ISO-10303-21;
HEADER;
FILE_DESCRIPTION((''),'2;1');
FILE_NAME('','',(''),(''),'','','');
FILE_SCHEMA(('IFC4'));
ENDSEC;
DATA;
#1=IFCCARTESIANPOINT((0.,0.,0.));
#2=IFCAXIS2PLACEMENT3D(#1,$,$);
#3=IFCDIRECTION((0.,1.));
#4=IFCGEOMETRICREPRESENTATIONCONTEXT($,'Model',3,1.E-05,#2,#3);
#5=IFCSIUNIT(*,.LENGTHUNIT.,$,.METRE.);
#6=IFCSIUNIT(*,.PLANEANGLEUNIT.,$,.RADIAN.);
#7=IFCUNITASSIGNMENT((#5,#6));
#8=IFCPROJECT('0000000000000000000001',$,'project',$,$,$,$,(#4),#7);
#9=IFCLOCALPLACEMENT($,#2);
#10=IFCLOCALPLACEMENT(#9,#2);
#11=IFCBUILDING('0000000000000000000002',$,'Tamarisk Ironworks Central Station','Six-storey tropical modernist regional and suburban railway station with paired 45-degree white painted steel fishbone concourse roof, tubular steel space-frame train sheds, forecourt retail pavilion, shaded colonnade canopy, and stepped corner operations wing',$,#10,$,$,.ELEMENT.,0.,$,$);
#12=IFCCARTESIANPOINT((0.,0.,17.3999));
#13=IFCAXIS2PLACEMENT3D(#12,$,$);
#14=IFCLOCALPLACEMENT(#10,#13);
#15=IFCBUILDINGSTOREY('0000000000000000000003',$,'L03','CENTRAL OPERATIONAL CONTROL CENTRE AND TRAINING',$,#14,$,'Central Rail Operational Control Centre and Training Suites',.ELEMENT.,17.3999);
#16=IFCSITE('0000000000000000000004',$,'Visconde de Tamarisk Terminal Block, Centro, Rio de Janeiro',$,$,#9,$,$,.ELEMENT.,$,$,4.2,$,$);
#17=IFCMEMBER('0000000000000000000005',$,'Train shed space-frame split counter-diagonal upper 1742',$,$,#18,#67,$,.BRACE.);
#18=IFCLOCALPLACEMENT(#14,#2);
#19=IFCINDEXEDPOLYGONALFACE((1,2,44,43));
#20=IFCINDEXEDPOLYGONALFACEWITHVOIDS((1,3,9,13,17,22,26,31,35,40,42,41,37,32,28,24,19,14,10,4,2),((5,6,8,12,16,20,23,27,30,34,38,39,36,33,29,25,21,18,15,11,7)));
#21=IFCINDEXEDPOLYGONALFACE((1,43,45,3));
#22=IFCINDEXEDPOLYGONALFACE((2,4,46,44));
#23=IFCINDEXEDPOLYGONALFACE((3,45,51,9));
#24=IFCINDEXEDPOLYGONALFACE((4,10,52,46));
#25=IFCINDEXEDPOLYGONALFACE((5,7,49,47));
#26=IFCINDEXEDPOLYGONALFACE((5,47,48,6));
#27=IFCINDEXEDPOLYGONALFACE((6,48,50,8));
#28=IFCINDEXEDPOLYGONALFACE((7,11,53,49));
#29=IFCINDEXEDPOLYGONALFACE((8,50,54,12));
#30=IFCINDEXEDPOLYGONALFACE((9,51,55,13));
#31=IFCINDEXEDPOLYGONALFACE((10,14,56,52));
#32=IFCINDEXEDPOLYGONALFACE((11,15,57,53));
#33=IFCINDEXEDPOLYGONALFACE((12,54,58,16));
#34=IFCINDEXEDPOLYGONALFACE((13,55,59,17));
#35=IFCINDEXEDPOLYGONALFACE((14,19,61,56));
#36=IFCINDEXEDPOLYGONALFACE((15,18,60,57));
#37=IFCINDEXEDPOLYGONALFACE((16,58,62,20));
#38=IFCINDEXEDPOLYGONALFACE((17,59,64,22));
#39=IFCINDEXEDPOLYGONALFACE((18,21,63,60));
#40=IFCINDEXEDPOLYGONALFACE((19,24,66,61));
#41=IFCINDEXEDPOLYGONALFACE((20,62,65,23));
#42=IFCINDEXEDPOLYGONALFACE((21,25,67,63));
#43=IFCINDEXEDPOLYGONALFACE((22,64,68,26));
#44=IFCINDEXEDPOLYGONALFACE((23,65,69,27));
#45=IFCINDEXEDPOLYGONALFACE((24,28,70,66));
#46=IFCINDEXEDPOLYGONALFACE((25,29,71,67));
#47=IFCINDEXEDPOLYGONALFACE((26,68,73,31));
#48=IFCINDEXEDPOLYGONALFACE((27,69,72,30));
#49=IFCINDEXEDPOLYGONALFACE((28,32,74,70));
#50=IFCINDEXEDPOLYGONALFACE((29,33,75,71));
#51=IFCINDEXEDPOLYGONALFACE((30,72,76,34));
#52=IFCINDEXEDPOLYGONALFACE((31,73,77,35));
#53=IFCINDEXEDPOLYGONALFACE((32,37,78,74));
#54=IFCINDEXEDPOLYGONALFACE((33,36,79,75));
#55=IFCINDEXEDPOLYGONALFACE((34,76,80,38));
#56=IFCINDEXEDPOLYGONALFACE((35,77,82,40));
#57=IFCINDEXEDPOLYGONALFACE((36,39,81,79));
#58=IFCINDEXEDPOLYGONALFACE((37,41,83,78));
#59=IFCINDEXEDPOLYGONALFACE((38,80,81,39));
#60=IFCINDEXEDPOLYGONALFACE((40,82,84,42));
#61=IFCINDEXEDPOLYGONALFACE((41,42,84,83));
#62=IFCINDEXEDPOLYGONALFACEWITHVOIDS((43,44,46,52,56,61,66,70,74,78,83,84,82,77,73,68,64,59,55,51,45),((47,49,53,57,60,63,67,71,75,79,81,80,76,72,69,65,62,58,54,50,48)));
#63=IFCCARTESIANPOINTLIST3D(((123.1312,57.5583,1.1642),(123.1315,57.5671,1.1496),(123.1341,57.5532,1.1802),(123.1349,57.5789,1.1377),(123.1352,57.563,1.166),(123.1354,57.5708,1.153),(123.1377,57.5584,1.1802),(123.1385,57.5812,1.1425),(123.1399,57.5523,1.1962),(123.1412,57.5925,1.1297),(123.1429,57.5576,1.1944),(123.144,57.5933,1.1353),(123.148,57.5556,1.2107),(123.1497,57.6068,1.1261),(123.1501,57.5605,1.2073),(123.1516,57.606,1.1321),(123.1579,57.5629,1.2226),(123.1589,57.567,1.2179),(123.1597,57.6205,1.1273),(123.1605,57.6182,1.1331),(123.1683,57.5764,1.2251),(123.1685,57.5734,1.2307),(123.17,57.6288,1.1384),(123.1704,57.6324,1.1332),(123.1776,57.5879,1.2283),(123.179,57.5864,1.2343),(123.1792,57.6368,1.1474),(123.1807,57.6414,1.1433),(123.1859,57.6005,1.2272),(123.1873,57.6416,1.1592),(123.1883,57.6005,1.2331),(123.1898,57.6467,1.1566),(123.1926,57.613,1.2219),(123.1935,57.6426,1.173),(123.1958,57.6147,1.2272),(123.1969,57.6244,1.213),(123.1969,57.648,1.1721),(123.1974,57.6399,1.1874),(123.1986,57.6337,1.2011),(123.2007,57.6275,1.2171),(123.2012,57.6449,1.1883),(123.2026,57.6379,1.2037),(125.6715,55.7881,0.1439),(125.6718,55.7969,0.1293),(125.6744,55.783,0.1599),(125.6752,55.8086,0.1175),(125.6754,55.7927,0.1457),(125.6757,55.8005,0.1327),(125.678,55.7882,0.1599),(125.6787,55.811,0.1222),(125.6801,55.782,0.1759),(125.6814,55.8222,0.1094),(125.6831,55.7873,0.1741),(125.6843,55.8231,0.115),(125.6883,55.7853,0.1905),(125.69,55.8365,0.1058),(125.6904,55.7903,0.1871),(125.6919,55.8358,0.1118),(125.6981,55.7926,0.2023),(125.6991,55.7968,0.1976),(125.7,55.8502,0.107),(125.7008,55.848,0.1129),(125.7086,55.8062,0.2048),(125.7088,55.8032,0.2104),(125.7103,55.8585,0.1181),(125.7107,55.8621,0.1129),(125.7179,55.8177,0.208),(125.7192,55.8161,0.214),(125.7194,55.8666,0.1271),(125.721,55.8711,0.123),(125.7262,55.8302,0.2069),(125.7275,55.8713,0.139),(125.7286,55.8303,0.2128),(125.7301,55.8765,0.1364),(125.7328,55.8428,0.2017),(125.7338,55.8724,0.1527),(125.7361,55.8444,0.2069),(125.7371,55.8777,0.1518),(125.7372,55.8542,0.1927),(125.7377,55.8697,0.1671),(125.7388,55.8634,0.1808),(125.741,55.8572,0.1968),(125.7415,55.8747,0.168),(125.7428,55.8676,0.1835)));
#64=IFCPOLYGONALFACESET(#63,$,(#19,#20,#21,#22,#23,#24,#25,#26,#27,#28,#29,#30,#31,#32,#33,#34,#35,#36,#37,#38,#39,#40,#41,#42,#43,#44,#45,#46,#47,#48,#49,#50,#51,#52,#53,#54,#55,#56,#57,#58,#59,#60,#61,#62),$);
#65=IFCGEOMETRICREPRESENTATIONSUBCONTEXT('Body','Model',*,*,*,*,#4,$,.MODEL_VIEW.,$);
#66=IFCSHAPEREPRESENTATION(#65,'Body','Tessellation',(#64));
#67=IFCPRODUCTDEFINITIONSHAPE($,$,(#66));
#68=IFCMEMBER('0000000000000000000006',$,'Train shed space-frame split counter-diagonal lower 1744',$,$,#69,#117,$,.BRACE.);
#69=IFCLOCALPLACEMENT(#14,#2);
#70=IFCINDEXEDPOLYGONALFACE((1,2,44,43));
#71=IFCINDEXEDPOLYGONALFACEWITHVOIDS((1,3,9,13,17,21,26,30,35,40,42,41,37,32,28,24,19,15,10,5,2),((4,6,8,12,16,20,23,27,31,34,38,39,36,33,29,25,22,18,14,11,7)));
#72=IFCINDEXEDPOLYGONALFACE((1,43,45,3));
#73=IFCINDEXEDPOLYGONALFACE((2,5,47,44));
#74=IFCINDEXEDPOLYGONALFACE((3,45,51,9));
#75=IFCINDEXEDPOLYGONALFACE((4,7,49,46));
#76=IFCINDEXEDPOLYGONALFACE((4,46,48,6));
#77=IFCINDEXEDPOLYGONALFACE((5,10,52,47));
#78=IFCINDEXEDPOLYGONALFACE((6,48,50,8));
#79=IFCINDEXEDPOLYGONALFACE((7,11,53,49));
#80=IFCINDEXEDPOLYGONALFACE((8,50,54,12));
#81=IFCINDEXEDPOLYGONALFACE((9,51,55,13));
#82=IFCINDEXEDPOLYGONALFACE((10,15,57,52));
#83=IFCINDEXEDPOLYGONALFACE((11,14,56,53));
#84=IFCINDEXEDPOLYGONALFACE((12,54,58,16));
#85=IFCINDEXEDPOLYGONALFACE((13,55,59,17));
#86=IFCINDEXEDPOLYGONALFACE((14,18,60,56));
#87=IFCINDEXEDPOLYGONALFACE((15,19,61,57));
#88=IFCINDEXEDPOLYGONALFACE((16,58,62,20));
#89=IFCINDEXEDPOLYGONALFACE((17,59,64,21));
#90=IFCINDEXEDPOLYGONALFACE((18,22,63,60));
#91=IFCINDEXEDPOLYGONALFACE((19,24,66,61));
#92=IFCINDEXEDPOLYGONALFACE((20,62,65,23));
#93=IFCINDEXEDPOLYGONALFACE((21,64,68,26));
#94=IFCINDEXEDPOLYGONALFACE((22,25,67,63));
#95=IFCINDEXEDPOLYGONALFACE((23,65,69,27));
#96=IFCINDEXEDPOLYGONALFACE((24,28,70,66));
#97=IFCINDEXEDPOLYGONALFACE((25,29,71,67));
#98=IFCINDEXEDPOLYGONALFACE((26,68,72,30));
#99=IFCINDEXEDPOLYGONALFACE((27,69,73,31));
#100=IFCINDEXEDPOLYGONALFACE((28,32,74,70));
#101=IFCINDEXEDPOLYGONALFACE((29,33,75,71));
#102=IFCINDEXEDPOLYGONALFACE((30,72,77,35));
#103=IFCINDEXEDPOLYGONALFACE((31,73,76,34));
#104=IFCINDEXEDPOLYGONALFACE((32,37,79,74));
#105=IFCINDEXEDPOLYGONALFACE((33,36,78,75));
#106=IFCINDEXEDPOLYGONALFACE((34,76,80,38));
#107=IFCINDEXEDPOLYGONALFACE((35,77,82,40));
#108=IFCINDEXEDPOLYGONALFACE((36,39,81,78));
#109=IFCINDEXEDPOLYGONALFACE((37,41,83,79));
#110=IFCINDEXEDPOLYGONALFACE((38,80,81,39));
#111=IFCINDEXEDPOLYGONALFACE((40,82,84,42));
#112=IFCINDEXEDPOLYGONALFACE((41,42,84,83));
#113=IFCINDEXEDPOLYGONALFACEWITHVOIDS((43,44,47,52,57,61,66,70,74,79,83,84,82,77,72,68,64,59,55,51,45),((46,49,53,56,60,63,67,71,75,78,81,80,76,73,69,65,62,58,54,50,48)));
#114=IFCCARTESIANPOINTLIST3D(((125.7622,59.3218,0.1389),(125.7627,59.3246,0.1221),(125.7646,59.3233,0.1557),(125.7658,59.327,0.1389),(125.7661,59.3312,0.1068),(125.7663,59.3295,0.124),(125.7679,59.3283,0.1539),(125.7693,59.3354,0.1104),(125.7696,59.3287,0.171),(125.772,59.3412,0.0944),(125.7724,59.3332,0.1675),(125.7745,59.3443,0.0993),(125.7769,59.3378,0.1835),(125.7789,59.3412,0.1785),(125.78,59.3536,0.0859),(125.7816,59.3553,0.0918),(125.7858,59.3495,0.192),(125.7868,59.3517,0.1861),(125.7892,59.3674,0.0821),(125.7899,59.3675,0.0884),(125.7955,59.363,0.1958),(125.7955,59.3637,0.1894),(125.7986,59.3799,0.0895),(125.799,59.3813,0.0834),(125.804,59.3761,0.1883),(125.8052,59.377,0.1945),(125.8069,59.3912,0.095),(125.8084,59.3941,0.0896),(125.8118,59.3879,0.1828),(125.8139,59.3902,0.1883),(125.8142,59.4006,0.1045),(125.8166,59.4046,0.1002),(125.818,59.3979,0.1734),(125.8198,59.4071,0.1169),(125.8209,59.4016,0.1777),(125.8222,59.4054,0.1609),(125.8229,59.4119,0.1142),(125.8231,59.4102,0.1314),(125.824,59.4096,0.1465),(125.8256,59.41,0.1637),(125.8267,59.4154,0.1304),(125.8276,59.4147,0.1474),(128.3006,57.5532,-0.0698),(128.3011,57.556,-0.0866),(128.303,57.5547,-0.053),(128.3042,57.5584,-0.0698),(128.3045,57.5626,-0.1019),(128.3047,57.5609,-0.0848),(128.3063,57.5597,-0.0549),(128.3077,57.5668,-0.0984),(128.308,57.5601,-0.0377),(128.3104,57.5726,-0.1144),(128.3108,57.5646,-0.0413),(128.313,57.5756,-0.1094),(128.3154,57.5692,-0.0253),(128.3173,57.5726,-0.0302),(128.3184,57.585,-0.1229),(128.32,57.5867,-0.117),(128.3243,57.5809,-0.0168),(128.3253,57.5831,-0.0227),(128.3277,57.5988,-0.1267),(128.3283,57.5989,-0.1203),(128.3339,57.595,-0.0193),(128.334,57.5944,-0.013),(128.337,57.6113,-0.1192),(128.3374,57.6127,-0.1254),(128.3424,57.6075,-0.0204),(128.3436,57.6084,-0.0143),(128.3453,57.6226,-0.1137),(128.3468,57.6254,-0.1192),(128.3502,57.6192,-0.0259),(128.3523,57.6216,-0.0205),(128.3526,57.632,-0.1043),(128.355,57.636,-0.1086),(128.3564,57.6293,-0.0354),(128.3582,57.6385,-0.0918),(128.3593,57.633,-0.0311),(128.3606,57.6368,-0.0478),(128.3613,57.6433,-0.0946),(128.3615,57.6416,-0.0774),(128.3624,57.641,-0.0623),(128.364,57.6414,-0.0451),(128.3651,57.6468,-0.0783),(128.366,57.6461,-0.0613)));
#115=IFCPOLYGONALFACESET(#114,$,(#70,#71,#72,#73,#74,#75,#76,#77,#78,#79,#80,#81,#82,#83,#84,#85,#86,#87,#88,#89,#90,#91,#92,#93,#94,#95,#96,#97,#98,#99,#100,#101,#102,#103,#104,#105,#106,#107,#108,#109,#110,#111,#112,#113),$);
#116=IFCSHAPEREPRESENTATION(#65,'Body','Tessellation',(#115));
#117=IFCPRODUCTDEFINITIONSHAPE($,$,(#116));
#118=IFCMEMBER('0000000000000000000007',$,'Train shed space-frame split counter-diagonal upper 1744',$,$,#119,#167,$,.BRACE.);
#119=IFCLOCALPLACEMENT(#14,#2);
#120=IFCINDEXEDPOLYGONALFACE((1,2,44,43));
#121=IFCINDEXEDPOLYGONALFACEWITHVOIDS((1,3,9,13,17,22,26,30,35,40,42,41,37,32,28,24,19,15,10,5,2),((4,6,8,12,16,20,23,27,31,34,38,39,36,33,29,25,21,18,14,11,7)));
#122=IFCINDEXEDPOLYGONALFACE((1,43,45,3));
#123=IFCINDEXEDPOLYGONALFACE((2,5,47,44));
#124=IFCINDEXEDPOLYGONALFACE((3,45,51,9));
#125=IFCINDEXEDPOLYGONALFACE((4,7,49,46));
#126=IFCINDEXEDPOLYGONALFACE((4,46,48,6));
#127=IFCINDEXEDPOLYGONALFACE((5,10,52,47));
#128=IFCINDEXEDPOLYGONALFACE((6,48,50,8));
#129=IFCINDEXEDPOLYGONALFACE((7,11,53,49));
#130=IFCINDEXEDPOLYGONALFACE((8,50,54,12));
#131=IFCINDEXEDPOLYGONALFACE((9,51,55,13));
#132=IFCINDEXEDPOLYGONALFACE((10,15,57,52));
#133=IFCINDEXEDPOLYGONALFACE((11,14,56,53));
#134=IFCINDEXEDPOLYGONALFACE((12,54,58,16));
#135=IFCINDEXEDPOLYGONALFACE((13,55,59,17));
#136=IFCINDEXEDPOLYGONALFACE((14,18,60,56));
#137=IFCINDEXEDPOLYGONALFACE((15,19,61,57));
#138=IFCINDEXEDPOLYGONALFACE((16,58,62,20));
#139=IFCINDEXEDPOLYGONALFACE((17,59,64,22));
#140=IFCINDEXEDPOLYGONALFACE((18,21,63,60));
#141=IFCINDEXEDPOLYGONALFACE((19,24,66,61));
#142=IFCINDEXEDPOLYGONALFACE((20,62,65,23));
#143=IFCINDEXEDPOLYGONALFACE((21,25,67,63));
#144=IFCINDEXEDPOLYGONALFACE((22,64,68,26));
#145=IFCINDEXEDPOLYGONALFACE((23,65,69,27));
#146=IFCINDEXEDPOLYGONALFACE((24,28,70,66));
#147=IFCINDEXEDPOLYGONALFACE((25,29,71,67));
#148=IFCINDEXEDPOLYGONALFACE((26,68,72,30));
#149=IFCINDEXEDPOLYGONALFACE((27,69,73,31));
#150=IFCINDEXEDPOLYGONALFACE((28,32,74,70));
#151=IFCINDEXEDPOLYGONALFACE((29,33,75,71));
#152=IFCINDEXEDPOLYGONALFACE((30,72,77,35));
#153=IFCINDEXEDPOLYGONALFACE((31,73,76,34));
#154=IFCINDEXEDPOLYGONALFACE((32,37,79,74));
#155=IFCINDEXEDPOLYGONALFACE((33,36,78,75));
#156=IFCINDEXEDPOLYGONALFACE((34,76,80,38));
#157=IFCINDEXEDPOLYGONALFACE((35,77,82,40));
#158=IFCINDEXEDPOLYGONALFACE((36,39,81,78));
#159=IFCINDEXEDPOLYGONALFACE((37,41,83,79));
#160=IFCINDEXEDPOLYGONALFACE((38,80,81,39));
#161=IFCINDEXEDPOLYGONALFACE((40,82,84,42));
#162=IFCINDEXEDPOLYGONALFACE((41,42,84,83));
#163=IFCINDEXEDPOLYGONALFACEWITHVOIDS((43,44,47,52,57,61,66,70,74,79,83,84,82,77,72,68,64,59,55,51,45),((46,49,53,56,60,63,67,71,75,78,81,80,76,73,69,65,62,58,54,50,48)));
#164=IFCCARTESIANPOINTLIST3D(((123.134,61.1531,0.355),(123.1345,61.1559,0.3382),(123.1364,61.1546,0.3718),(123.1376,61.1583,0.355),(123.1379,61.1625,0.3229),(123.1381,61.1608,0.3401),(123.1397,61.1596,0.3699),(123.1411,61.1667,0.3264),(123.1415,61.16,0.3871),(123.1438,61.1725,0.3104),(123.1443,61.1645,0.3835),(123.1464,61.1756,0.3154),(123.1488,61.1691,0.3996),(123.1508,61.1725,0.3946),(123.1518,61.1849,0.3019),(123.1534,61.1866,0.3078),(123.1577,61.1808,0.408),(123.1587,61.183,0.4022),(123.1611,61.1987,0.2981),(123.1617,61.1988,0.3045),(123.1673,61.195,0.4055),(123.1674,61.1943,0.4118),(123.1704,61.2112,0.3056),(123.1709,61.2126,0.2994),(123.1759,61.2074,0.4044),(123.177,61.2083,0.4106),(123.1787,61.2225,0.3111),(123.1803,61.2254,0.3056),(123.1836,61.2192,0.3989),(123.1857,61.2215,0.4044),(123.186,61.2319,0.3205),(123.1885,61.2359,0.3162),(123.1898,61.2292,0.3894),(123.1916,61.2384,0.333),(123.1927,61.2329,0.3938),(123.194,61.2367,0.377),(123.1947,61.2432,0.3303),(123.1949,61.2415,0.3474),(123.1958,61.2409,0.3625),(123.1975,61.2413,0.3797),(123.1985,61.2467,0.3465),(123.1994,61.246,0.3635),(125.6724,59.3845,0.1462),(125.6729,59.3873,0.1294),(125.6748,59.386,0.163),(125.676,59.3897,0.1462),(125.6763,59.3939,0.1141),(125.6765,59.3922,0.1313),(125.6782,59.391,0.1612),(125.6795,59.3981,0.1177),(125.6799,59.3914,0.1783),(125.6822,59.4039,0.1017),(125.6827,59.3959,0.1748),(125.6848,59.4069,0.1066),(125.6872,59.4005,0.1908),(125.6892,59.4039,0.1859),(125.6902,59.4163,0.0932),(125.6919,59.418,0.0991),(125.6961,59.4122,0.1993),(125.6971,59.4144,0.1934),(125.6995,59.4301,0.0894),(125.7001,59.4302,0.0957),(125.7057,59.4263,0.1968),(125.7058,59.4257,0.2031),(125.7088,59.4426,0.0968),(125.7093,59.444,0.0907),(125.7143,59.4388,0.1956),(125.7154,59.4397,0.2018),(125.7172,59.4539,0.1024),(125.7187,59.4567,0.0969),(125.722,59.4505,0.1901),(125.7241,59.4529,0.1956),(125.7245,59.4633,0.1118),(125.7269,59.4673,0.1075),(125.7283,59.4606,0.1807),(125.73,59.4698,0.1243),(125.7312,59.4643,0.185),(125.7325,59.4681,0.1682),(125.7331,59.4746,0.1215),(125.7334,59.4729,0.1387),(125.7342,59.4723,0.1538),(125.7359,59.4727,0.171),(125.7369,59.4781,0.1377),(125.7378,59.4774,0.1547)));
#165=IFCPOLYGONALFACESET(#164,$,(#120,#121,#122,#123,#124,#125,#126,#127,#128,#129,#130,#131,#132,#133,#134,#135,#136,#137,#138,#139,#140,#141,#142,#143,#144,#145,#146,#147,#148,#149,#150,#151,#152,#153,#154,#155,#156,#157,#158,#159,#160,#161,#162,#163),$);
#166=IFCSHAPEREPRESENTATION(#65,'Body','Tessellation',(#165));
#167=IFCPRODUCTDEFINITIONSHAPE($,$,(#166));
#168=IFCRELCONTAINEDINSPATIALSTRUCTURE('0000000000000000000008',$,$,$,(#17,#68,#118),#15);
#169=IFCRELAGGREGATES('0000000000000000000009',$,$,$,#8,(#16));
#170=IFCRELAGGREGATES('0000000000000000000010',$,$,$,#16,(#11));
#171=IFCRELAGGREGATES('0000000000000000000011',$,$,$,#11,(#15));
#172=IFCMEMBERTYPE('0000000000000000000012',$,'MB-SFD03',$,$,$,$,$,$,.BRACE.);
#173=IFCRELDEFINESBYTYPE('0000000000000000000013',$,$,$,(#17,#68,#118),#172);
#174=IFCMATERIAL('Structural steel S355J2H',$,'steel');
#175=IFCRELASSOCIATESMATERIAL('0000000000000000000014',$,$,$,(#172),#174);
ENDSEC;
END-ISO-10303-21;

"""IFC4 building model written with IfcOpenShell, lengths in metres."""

from ifc_helpers import new_model, si_unit, direction, frame, origin, origin_2d, place, context, subcontext, project, spatial, hollow_circle, extrude, material, material_profile, profile_set, type_object, element, save


model = new_model("IFC4")

# Units and contexts
model_context = context("Model", 3, precision=1e-05, world=origin(), true_north=direction((0.0, 1.0)))
body_context = subcontext(model_context, "Body", "Model", "MODEL_VIEW")
ifc_project = project(units=[si_unit("LENGTHUNIT", "METRE"), si_unit("PLANEANGLEUNIT", "RADIAN")], contexts=[model_context])

# Site, building, storey
site_placement = place(None, origin())
site = spatial("IfcSite", under=ifc_project, at=site_placement, Name="Visconde de Tamarisk Terminal Block, Centro, Rio de Janeiro", CompositionType="ELEMENT", RefElevation=4.2)
building_placement = place(site_placement, origin())
building = spatial("IfcBuilding", under=site, at=building_placement, Name="Tamarisk Ironworks Central Station", Description="Six-storey tropical modernist regional and suburban railway station with paired 45-degree white painted steel fishbone concourse roof, tubular steel space-frame train sheds, forecourt retail pavilion, shaded colonnade canopy, and stepped corner operations wing", CompositionType="ELEMENT", ElevationOfRefHeight=0.0)
storey_placement = place(building_placement, frame((0.0, 0.0, 17.3999)))
storey = spatial("IfcBuildingStorey", under=building, at=storey_placement, Name="L03", Description="CENTRAL OPERATIONAL CONTROL CENTRE AND TRAINING", LongName="Central Rail Operational Control Centre and Training Suites", CompositionType="ELEMENT", Elevation=17.3999)

# Members
ifc_material = material(Name="Structural steel S355J2H", Category="steel")
ifc_material_profile_1 = material_profile(ifc_material, hollow_circle(Radius=0.0571, WallThickness=0.0063, at=origin_2d()), Name="CHS 114.3x6.3")
ifc_profile_set_1 = profile_set([ifc_material_profile_1], Name="Structural steel S355J2H")
member_type_1 = type_object("IfcMemberType", Name="MB-SFD03", PredefinedType="BRACE", material=ifc_profile_set_1)
member_1_placement = place(storey_placement, frame((125.707, 55.8298, 0.1599), z_axis=(-0.77922, 0.54302, 0.312961), x_axis=(-0.571741, -0.820434, 0.0)))
element("IfcMember", 1, at=member_1_placement, inside=storey, type_object=member_type_1, Name="Train shed space-frame split counter-diagonal upper 1742", PredefinedType="BRACE", context=body_context, shape_type="SweptSolid", body=[
    extrude(hollow_circle(Radius=0.0571, WallThickness=0.0063, at=origin_2d()), origin(), (0.0, 0.0, 1.0), 3.26),
])
for number, where, z_axis, x_axis, name in (
    (2, (128.3333, 57.6001, -0.0698), (-0.818625, 0.570369, 0.06732), (-0.571666, -0.820487, 0.0), "Train shed space-frame split counter-diagonal lower 1744"),
    (3, (125.7051, 59.4314, 0.1462), (-0.818625, 0.570369, 0.06732), (-0.571666, -0.820487, 0.0), "Train shed space-frame split counter-diagonal upper 1744"),
):
    element("IfcMember", number, at=place(storey_placement, frame(where, z_axis=z_axis, x_axis=x_axis)), inside=storey, type_object=member_type_1, Name=name, PredefinedType="BRACE", context=body_context, shape_type="SweptSolid", body=[
        extrude(hollow_circle(Radius=0.0571, WallThickness=0.0063, at=origin_2d()), origin(), (0.0, 0.0, 1.0), 3.1008),
    ])

save(model, "model.ifc")
